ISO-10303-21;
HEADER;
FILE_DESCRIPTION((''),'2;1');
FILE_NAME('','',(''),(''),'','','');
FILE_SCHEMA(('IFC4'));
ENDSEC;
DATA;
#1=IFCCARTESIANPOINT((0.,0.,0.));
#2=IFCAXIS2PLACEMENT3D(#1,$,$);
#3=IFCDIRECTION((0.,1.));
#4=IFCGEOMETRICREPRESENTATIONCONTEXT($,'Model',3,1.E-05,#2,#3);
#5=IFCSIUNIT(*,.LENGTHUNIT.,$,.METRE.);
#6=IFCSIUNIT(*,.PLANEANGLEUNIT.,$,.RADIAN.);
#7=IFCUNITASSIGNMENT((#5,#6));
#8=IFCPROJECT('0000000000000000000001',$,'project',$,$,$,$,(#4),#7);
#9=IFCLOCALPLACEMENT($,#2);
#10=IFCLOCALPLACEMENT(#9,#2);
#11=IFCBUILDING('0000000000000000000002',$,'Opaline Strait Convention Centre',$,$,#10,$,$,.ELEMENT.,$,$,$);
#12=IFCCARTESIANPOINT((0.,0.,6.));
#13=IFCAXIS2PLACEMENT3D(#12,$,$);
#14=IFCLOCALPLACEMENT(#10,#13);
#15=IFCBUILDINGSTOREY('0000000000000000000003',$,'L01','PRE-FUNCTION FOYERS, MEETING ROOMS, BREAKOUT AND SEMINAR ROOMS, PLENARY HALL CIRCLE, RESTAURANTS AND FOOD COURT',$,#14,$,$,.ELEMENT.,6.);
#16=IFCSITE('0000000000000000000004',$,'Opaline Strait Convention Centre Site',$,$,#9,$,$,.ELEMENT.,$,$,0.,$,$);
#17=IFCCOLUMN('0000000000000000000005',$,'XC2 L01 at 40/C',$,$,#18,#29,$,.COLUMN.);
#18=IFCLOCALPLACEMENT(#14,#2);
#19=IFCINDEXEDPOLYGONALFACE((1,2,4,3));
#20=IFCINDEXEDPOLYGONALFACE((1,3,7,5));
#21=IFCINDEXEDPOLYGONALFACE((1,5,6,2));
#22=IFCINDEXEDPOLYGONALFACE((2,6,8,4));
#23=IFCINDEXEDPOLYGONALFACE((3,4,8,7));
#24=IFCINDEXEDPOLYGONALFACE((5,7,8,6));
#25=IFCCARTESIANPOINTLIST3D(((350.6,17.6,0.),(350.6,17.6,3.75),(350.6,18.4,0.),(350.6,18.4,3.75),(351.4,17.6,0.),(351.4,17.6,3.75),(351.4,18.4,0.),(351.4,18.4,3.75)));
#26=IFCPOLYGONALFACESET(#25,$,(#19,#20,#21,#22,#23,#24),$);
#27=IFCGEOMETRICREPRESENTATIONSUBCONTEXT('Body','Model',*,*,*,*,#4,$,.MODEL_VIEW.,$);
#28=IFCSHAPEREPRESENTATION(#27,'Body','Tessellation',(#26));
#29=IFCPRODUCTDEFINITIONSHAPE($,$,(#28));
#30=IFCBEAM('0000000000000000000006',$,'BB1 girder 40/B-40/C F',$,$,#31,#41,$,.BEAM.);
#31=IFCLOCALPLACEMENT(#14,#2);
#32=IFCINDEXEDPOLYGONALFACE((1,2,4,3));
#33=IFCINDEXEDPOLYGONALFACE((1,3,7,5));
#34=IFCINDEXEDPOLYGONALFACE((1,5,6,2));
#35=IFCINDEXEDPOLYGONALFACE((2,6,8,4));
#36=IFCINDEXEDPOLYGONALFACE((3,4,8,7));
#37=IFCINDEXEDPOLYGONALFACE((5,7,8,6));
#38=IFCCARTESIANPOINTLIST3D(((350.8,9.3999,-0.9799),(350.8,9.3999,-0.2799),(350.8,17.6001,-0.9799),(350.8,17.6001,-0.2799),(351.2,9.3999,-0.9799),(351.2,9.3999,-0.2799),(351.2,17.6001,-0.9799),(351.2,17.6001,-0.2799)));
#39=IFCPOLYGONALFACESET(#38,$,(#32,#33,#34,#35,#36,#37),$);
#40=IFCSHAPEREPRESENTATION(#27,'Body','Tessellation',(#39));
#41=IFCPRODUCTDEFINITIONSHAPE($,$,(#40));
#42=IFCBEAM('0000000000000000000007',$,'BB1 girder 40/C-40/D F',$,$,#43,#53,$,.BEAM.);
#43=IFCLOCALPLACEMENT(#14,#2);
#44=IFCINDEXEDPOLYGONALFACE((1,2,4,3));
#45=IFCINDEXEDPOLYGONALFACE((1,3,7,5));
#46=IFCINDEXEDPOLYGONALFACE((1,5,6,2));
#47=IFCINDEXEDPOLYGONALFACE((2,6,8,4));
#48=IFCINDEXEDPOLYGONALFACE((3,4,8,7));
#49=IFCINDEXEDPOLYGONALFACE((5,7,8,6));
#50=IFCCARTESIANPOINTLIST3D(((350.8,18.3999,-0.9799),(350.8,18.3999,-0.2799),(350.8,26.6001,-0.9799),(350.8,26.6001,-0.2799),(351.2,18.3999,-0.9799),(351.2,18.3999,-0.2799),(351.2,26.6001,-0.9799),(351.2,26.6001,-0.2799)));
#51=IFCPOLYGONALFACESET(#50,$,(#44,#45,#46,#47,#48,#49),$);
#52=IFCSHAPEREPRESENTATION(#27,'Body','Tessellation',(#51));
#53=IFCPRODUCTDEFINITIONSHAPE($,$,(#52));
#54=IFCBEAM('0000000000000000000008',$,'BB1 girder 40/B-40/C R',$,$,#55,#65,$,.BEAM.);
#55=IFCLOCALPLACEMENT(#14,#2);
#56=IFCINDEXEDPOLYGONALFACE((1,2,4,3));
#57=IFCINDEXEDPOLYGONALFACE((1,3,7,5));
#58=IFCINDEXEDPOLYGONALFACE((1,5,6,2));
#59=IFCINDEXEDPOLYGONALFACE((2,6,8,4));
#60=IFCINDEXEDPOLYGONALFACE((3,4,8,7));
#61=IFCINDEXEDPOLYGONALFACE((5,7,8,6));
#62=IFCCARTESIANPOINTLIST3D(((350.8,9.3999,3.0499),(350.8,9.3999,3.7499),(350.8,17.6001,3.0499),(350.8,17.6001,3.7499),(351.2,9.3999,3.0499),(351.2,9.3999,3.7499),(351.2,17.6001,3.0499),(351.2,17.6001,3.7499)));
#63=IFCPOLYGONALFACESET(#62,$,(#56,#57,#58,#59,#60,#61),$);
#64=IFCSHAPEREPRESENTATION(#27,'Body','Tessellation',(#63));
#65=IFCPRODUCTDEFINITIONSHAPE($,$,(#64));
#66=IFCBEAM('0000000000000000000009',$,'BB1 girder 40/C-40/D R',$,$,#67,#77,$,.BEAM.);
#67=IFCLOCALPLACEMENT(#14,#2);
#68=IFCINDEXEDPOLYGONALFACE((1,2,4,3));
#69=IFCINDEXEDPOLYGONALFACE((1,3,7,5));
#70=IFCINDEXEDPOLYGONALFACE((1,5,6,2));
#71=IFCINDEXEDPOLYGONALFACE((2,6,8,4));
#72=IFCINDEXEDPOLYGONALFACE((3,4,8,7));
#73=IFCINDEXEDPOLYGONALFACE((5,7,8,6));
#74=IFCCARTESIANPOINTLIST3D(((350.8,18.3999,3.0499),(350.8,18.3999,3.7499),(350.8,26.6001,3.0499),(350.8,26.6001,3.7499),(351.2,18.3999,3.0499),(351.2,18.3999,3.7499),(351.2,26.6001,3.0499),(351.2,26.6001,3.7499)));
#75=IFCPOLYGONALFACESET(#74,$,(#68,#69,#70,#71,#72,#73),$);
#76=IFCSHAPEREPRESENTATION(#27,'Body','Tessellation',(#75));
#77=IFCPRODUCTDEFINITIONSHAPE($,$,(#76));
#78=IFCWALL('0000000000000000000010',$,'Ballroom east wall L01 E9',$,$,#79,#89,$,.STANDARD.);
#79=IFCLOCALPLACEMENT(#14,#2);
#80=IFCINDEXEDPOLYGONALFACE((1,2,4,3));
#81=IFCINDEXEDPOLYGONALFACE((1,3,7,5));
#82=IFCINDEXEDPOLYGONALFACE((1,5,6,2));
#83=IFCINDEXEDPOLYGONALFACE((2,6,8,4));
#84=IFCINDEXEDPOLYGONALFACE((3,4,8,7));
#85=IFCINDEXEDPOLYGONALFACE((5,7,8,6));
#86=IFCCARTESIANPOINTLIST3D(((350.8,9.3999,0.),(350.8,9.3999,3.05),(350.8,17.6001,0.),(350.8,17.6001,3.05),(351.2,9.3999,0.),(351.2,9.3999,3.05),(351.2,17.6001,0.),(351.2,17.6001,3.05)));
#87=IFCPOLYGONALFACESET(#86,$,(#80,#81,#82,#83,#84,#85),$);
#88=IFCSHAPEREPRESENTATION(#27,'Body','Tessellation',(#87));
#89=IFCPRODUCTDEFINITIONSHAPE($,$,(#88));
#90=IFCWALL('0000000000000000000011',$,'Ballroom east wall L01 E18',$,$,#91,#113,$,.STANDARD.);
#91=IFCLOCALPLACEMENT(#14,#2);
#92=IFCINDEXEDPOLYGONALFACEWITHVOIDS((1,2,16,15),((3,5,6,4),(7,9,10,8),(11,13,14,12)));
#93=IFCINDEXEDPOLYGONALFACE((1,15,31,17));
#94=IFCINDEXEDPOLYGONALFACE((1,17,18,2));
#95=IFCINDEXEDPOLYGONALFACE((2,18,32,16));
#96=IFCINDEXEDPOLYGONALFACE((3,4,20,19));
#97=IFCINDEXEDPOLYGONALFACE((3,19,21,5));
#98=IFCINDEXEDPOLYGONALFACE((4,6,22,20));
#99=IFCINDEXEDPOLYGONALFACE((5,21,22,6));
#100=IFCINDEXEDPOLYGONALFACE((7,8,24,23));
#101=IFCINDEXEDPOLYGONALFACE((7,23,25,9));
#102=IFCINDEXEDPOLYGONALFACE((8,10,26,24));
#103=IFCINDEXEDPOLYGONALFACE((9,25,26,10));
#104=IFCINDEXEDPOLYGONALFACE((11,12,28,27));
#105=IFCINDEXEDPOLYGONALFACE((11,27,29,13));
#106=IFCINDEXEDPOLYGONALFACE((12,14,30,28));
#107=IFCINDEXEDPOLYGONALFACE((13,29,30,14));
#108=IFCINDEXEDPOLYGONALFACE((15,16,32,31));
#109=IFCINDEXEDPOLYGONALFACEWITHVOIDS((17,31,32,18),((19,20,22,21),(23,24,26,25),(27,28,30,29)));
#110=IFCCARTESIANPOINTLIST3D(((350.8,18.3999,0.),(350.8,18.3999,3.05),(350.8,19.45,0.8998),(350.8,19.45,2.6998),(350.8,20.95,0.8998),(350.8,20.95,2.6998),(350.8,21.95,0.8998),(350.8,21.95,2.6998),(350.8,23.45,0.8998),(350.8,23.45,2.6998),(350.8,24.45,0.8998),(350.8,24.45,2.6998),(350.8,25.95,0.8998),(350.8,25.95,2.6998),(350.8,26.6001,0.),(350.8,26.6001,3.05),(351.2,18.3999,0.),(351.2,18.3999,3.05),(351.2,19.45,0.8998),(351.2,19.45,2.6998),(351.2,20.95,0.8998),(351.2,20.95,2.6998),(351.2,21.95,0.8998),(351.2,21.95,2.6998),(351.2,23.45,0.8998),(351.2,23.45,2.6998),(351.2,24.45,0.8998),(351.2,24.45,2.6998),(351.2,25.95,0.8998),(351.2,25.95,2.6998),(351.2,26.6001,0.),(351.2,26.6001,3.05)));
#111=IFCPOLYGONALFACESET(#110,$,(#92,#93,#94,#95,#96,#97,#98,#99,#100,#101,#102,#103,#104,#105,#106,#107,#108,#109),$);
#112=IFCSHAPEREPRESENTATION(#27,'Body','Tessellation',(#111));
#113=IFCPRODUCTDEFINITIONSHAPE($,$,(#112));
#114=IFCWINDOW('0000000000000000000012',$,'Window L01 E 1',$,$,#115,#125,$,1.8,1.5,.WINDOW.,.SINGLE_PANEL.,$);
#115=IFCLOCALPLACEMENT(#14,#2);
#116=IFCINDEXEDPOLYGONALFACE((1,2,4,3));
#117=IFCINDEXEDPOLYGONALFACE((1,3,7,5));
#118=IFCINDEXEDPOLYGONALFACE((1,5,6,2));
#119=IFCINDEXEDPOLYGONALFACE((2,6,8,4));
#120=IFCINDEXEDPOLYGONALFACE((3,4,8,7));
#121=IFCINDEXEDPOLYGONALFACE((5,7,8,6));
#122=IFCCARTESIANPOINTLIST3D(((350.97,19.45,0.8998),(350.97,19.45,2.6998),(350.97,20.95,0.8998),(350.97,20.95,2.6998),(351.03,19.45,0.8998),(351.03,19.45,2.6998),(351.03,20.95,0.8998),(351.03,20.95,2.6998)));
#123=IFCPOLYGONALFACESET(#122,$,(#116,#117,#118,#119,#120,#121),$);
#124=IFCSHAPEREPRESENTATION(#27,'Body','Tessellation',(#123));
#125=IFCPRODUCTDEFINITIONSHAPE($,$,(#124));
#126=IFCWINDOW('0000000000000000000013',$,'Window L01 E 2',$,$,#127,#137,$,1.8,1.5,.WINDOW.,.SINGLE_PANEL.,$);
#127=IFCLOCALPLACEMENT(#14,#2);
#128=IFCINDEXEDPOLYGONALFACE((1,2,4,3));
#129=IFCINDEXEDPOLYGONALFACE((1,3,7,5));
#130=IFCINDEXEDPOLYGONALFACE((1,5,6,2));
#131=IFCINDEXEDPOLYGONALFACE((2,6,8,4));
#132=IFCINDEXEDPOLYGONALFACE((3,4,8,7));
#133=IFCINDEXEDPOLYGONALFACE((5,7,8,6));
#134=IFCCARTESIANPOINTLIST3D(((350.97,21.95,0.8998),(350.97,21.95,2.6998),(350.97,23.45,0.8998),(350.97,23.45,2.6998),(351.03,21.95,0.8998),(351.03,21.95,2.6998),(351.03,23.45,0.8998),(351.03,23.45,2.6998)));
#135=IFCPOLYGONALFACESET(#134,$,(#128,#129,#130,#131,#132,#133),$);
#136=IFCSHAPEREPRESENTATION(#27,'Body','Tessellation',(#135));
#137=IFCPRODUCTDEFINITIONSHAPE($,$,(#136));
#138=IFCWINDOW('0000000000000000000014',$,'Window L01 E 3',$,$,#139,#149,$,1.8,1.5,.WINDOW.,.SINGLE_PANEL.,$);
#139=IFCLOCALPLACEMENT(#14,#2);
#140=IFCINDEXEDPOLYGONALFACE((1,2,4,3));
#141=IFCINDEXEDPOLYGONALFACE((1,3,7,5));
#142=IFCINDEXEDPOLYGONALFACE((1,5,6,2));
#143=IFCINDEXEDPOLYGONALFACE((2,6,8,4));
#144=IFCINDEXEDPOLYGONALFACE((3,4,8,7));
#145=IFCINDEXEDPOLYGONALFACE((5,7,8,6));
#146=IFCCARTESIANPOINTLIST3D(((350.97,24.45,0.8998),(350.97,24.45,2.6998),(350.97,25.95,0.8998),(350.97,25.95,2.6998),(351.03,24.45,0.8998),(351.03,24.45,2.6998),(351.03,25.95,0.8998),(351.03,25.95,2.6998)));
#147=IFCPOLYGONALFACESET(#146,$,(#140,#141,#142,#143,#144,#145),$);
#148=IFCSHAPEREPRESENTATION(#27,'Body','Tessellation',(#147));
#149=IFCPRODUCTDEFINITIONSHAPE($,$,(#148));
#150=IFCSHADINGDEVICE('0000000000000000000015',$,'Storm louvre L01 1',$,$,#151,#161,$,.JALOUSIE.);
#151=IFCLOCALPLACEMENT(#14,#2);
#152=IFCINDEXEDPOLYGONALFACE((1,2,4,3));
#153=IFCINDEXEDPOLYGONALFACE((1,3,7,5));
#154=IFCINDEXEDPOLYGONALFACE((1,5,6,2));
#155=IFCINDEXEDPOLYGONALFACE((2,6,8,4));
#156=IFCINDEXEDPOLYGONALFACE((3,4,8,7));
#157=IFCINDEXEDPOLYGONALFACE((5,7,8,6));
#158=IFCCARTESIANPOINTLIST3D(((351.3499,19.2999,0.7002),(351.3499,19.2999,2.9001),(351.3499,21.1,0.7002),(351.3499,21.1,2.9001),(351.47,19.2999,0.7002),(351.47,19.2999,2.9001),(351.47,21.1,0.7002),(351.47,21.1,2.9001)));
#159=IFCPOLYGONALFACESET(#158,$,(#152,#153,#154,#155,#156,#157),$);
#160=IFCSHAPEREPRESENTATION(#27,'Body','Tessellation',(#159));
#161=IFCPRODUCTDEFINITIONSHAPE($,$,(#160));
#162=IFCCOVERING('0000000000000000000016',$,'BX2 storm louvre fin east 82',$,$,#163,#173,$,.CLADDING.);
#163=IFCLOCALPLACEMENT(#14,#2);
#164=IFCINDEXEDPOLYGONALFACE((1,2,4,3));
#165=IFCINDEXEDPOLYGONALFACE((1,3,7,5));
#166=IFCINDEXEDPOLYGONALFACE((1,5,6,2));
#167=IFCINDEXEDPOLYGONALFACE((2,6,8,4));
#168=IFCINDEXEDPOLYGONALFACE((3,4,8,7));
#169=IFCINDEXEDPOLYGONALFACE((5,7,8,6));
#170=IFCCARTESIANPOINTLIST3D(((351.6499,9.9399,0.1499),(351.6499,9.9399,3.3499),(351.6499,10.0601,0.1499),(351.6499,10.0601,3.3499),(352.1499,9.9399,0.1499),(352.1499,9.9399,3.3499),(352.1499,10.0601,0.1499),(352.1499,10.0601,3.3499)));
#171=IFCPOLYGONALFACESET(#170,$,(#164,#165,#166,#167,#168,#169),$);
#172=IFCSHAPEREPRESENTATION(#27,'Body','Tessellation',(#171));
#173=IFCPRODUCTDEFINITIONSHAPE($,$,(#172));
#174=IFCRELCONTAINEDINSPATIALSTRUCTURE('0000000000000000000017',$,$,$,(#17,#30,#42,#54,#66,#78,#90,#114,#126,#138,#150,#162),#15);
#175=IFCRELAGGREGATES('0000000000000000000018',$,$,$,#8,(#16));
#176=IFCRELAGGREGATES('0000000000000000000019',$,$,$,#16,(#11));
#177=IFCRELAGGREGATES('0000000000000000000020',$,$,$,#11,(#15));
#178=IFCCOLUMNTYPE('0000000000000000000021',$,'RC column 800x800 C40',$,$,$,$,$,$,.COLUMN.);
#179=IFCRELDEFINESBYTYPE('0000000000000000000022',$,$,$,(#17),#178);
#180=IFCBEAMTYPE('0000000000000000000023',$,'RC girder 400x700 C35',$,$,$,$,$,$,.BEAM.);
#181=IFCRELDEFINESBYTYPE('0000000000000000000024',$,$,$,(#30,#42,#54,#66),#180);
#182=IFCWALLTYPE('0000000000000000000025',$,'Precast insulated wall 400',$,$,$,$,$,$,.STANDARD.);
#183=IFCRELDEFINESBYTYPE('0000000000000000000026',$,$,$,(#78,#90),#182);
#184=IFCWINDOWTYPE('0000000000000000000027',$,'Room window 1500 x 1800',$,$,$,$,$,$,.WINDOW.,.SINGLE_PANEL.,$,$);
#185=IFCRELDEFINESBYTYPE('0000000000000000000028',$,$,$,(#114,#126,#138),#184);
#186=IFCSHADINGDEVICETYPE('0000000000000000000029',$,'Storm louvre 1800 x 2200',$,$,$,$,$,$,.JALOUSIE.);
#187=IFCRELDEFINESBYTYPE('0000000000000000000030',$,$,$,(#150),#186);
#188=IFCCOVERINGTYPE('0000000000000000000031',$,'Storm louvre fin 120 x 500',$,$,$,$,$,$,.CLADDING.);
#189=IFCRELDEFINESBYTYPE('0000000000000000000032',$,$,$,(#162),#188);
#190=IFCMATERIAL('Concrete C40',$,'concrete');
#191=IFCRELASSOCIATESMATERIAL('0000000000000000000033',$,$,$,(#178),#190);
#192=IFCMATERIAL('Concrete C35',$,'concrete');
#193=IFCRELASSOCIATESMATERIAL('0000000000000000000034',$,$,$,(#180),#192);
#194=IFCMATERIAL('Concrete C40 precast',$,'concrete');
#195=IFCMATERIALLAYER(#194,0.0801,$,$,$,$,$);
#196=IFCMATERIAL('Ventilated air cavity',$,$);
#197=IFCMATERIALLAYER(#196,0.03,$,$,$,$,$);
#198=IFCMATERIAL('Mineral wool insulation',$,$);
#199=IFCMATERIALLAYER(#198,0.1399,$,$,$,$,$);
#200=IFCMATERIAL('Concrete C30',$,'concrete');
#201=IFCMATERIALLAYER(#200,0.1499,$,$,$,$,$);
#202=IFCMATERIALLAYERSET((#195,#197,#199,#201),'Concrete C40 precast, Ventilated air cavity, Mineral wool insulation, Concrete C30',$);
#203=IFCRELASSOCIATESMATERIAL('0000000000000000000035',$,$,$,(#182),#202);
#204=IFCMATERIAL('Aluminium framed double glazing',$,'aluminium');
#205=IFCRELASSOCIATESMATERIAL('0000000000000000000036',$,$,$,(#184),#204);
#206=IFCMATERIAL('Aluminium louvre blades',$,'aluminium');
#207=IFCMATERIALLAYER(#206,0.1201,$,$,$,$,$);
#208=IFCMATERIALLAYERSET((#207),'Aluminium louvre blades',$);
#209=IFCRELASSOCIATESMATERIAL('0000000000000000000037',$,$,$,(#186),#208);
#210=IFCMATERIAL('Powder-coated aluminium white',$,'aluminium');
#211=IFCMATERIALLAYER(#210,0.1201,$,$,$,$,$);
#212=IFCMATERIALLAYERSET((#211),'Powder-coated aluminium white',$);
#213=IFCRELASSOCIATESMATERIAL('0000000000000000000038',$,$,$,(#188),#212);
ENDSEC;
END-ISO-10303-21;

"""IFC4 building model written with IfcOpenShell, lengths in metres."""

from ifc_helpers import new_model, si_unit, direction, frame, frame_2d, origin, origin_2d, place, context, subcontext, project, spatial, rectangle, extrude, material, layer, layer_set, material_profile, profile_set, type_object, element, fill, save


model = new_model("IFC4")

# Units and contexts
model_context = context("Model", 3, precision=1e-05, world=origin(), true_north=direction((0.0, 1.0)))
body_context = subcontext(model_context, "Body", "Model", "MODEL_VIEW")
ifc_project = project(units=[si_unit("LENGTHUNIT", "METRE"), si_unit("PLANEANGLEUNIT", "RADIAN")], contexts=[model_context])

# Site, building, storey
site_placement = place(None, origin())
site = spatial("IfcSite", under=ifc_project, at=site_placement, Name="Opaline Strait Convention Centre Site", CompositionType="ELEMENT", RefElevation=0.0)
building_placement = place(site_placement, origin())
building = spatial("IfcBuilding", under=site, at=building_placement, Name="Opaline Strait Convention Centre", CompositionType="ELEMENT")
storey_placement = place(building_placement, frame((0.0, 0.0, 6.0)))
storey = spatial("IfcBuildingStorey", under=building, at=storey_placement, Name="L01", Description="PRE-FUNCTION FOYERS, MEETING ROOMS, BREAKOUT AND SEMINAR ROOMS, PLENARY HALL CIRCLE, RESTAURANTS AND FOOD COURT", CompositionType="ELEMENT", Elevation=6.0)

# Column
ifc_material_1 = material(Name="Concrete C40", Category="concrete")
ifc_material_profile_1 = material_profile(ifc_material_1, rectangle(XDim=0.8, YDim=0.8, at=origin_2d()), Name="RC 800x800")
ifc_profile_set_1 = profile_set([ifc_material_profile_1], Name="Concrete C40")
column_type = type_object("IfcColumnType", Name="RC column 800x800 C40", PredefinedType="COLUMN", material=ifc_profile_set_1)
column_placement = place(storey_placement, frame((351.0, 18.0, 0.0), z_axis=(0.0, 0.0, 1.0), x_axis=(1.0, 0.0, 0.0)))
element("IfcColumn", 1, at=column_placement, inside=storey, type_object=column_type, Name="XC2 L01 at 40/C", PredefinedType="COLUMN", context=body_context, shape_type="SweptSolid", body=[
    extrude(rectangle(XDim=0.8, YDim=0.8, at=origin_2d()), origin(), (0.0, 0.0, 1.0), 3.75),
])

# Beams
ifc_material_2 = material(Name="Concrete C35", Category="concrete")
ifc_material_profile_2 = material_profile(ifc_material_2, rectangle(XDim=0.3999, YDim=0.7, at=origin_2d()), Name="RC 400x700")
ifc_profile_set_2 = profile_set([ifc_material_profile_2], Name="Concrete C35")
beam_type = type_object("IfcBeamType", Name="RC girder 400x700 C35", PredefinedType="BEAM", material=ifc_profile_set_2)
for number, where, z_axis, x_axis, name in (
    (2, (351.0, 9.3999, -0.6299), (0.0, 1.0, 0.0), (-1.0, 0.0, 0.0), "BB1 girder 40/B-40/C F"),
    (3, (351.0, 18.3999, -0.6299), (0.0, 1.0, 0.0), (-1.0, 0.0, 0.0), "BB1 girder 40/C-40/D F"),
    (4, (351.0, 9.3999, 3.3999), (0.0, 1.0, 0.0), (-1.0, 0.0, 0.0), "BB1 girder 40/B-40/C R"),
    (5, (351.0, 18.3999, 3.3999), (0.0, 1.0, 0.0), (-1.0, 0.0, 0.0), "BB1 girder 40/C-40/D R"),
):
    element("IfcBeam", number, at=place(storey_placement, frame(where, z_axis=z_axis, x_axis=x_axis)), inside=storey, type_object=beam_type, Name=name, PredefinedType="BEAM", context=body_context, shape_type="SweptSolid", body=[
        extrude(rectangle(XDim=0.3999, YDim=0.7, at=origin_2d()), origin(), (0.0, 0.0, 1.0), 8.2002),
    ])

# Wall
ifc_material_3 = material(Name="Concrete C40 precast", Category="concrete")
ifc_layer_1 = layer(ifc_material_3, 0.0801)
ifc_material_4 = material(Name="Ventilated air cavity")
ifc_layer_2 = layer(ifc_material_4, 0.03)
ifc_material_5 = material(Name="Mineral wool insulation")
ifc_layer_3 = layer(ifc_material_5, 0.1399)
ifc_material_6 = material(Name="Concrete C30", Category="concrete")
ifc_layer_4 = layer(ifc_material_6, 0.1499)
ifc_layer_set_1 = layer_set([ifc_layer_1, ifc_layer_2, ifc_layer_3, ifc_layer_4], Name="Concrete C40 precast, Ventilated air cavity, Mineral wool insulation, Concrete C30")
wall_type = type_object("IfcWallType", Name="Precast insulated wall 400", PredefinedType="STANDARD", material=ifc_layer_set_1)
wall_1_placement = place(storey_placement, frame((351.0, 9.3999, 0.0), z_axis=(0.0, 0.0, 1.0), x_axis=(0.0, 1.0, 0.0)))
element("IfcWall", 6, at=wall_1_placement, inside=storey, type_object=wall_type, Name="Ballroom east wall L01 E9", PredefinedType="STANDARD", context=body_context, shape_type="SweptSolid", body=[
    extrude(rectangle(XDim=8.2002, YDim=0.3999, at=frame_2d((4.1001, 0.0))), origin(), (0.0, 0.0, 1.0), 3.05),
])

# Wall, openings, windows
wall_2_placement = place(storey_placement, frame((351.0, 18.3999, 0.0), z_axis=(0.0, 0.0, 1.0), x_axis=(0.0, 1.0, 0.0)))
wall_2 = element("IfcWall", 7, at=wall_2_placement, inside=storey, type_object=wall_type, Name="Ballroom east wall L01 E18", PredefinedType="STANDARD", context=body_context, shape_type="SweptSolid", body=[
    extrude(rectangle(XDim=8.2002, YDim=0.3999, at=frame_2d((4.1001, 0.0))), origin(), (0.0, 0.0, 1.0), 3.05),
])
opening_1_placement = place(wall_2_placement, frame((1.05, 0.0, 0.8999)))
opening_1 = element("IfcOpeningElement", 8, at=opening_1_placement, cuts=wall_2, PredefinedType="OPENING", context=body_context, shape_type="SweptSolid", body=[
    extrude(rectangle(XDim=1.5, YDim=1.8, at=frame_2d((0.75, 0.8999))), frame((0.0, 0.21, 0.0), z_axis=(0.0, -1.0, 0.0), x_axis=(1.0, 0.0, 0.0)), (0.0, 0.0, 1.0), 0.4199),
])
opening_2_placement = place(wall_2_placement, frame((3.55, 0.0, 0.8999)))
opening_2 = element("IfcOpeningElement", 9, at=opening_2_placement, cuts=wall_2, PredefinedType="OPENING", context=body_context, shape_type="SweptSolid", body=[
    extrude(rectangle(XDim=1.5, YDim=1.8, at=frame_2d((0.75, 0.8999))), frame((0.0, 0.21, 0.0), z_axis=(0.0, -1.0, 0.0), x_axis=(1.0, 0.0, 0.0)), (0.0, 0.0, 1.0), 0.4199),
])
opening_3_placement = place(wall_2_placement, frame((6.05, 0.0, 0.8999)))
opening_3 = element("IfcOpeningElement", 10, at=opening_3_placement, cuts=wall_2, PredefinedType="OPENING", context=body_context, shape_type="SweptSolid", body=[
    extrude(rectangle(XDim=1.5, YDim=1.8, at=frame_2d((0.75, 0.8999))), frame((0.0, 0.21, 0.0), z_axis=(0.0, -1.0, 0.0), x_axis=(1.0, 0.0, 0.0)), (0.0, 0.0, 1.0), 0.4199),
])
ifc_material_7 = material(Name="Aluminium framed double glazing", Category="aluminium")
window_type = type_object("IfcWindowType", Name="Room window 1500 x 1800", PartitioningType="SINGLE_PANEL", PredefinedType="WINDOW", material=ifc_material_7)
window_1_placement = place(opening_1_placement, origin())
window_1 = element("IfcWindow", 11, at=window_1_placement, inside=storey, type_object=window_type, Name="Window L01 E 1", OverallHeight=1.8, OverallWidth=1.5, PartitioningType="SINGLE_PANEL", PredefinedType="WINDOW", context=body_context, shape_type="SweptSolid", body=[
    extrude(rectangle(XDim=1.5, YDim=1.8, at=frame_2d((0.75, 0.8999))), frame((0.0, 0.03, 0.0), z_axis=(0.0, -1.0, 0.0), x_axis=(1.0, 0.0, 0.0)), (0.0, 0.0, 1.0), 0.0601),
])
fill(opening_1, window_1)
window_2_placement = place(opening_2_placement, origin())
window_2 = element("IfcWindow", 12, at=window_2_placement, inside=storey, type_object=window_type, Name="Window L01 E 2", OverallHeight=1.8, OverallWidth=1.5, PartitioningType="SINGLE_PANEL", PredefinedType="WINDOW", context=body_context, shape_type="SweptSolid", body=[
    extrude(rectangle(XDim=1.5, YDim=1.8, at=frame_2d((0.75, 0.8999))), frame((0.0, 0.03, 0.0), z_axis=(0.0, -1.0, 0.0), x_axis=(1.0, 0.0, 0.0)), (0.0, 0.0, 1.0), 0.0601),
])
fill(opening_2, window_2)
window_3_placement = place(opening_3_placement, origin())
window_3 = element("IfcWindow", 13, at=window_3_placement, inside=storey, type_object=window_type, Name="Window L01 E 3", OverallHeight=1.8, OverallWidth=1.5, PartitioningType="SINGLE_PANEL", PredefinedType="WINDOW", context=body_context, shape_type="SweptSolid", body=[
    extrude(rectangle(XDim=1.5, YDim=1.8, at=frame_2d((0.75, 0.8999))), frame((0.0, 0.03, 0.0), z_axis=(0.0, -1.0, 0.0), x_axis=(1.0, 0.0, 0.0)), (0.0, 0.0, 1.0), 0.0601),
])
fill(opening_3, window_3)

# Shading device
ifc_material_8 = material(Name="Aluminium louvre blades", Category="aluminium")
ifc_layer_5 = layer(ifc_material_8, 0.1201)
ifc_layer_set_2 = layer_set([ifc_layer_5], Name="Aluminium louvre blades")
shading_device_type = type_object("IfcShadingDeviceType", Name="Storm louvre 1800 x 2200", PredefinedType="JALOUSIE", material=ifc_layer_set_2)
shading_device_placement = place(storey_placement, frame((351.4099, 20.2, 0.7002), z_axis=(0.0, 0.0, 1.0), x_axis=(1.0, 0.0, 0.0)))
element("IfcShadingDevice", 14, at=shading_device_placement, inside=storey, type_object=shading_device_type, Name="Storm louvre L01 1", PredefinedType="JALOUSIE", context=body_context, shape_type="SweptSolid", body=[
    extrude(rectangle(XDim=0.1201, YDim=1.8, at=origin_2d()), origin(), (0.0, 0.0, 1.0), 2.2),
])

# Covering
ifc_material_9 = material(Name="Powder-coated aluminium white", Category="aluminium")
ifc_layer_6 = layer(ifc_material_9, 0.1201)
ifc_layer_set_3 = layer_set([ifc_layer_6], Name="Powder-coated aluminium white")
covering_type = type_object("IfcCoveringType", Name="Storm louvre fin 120 x 500", PredefinedType="CLADDING", material=ifc_layer_set_3)
for number, where, z_axis, x_axis, name in (
    (15, (351.8999, 10.0, 0.1499), (0.0, 0.0, 1.0), (1.0, 0.0, 0.0), "BX2 storm louvre fin east 82"),
):
    element("IfcCovering", number, at=place(storey_placement, frame(where, z_axis=z_axis, x_axis=x_axis)), inside=storey, type_object=covering_type, Name=name, PredefinedType="CLADDING", context=body_context, shape_type="SweptSolid", body=[
        extrude(rectangle(XDim=0.5, YDim=0.1201, at=origin_2d()), origin(), (0.0, 0.0, 1.0), 3.2),
    ])

save(model, "model.ifc")
